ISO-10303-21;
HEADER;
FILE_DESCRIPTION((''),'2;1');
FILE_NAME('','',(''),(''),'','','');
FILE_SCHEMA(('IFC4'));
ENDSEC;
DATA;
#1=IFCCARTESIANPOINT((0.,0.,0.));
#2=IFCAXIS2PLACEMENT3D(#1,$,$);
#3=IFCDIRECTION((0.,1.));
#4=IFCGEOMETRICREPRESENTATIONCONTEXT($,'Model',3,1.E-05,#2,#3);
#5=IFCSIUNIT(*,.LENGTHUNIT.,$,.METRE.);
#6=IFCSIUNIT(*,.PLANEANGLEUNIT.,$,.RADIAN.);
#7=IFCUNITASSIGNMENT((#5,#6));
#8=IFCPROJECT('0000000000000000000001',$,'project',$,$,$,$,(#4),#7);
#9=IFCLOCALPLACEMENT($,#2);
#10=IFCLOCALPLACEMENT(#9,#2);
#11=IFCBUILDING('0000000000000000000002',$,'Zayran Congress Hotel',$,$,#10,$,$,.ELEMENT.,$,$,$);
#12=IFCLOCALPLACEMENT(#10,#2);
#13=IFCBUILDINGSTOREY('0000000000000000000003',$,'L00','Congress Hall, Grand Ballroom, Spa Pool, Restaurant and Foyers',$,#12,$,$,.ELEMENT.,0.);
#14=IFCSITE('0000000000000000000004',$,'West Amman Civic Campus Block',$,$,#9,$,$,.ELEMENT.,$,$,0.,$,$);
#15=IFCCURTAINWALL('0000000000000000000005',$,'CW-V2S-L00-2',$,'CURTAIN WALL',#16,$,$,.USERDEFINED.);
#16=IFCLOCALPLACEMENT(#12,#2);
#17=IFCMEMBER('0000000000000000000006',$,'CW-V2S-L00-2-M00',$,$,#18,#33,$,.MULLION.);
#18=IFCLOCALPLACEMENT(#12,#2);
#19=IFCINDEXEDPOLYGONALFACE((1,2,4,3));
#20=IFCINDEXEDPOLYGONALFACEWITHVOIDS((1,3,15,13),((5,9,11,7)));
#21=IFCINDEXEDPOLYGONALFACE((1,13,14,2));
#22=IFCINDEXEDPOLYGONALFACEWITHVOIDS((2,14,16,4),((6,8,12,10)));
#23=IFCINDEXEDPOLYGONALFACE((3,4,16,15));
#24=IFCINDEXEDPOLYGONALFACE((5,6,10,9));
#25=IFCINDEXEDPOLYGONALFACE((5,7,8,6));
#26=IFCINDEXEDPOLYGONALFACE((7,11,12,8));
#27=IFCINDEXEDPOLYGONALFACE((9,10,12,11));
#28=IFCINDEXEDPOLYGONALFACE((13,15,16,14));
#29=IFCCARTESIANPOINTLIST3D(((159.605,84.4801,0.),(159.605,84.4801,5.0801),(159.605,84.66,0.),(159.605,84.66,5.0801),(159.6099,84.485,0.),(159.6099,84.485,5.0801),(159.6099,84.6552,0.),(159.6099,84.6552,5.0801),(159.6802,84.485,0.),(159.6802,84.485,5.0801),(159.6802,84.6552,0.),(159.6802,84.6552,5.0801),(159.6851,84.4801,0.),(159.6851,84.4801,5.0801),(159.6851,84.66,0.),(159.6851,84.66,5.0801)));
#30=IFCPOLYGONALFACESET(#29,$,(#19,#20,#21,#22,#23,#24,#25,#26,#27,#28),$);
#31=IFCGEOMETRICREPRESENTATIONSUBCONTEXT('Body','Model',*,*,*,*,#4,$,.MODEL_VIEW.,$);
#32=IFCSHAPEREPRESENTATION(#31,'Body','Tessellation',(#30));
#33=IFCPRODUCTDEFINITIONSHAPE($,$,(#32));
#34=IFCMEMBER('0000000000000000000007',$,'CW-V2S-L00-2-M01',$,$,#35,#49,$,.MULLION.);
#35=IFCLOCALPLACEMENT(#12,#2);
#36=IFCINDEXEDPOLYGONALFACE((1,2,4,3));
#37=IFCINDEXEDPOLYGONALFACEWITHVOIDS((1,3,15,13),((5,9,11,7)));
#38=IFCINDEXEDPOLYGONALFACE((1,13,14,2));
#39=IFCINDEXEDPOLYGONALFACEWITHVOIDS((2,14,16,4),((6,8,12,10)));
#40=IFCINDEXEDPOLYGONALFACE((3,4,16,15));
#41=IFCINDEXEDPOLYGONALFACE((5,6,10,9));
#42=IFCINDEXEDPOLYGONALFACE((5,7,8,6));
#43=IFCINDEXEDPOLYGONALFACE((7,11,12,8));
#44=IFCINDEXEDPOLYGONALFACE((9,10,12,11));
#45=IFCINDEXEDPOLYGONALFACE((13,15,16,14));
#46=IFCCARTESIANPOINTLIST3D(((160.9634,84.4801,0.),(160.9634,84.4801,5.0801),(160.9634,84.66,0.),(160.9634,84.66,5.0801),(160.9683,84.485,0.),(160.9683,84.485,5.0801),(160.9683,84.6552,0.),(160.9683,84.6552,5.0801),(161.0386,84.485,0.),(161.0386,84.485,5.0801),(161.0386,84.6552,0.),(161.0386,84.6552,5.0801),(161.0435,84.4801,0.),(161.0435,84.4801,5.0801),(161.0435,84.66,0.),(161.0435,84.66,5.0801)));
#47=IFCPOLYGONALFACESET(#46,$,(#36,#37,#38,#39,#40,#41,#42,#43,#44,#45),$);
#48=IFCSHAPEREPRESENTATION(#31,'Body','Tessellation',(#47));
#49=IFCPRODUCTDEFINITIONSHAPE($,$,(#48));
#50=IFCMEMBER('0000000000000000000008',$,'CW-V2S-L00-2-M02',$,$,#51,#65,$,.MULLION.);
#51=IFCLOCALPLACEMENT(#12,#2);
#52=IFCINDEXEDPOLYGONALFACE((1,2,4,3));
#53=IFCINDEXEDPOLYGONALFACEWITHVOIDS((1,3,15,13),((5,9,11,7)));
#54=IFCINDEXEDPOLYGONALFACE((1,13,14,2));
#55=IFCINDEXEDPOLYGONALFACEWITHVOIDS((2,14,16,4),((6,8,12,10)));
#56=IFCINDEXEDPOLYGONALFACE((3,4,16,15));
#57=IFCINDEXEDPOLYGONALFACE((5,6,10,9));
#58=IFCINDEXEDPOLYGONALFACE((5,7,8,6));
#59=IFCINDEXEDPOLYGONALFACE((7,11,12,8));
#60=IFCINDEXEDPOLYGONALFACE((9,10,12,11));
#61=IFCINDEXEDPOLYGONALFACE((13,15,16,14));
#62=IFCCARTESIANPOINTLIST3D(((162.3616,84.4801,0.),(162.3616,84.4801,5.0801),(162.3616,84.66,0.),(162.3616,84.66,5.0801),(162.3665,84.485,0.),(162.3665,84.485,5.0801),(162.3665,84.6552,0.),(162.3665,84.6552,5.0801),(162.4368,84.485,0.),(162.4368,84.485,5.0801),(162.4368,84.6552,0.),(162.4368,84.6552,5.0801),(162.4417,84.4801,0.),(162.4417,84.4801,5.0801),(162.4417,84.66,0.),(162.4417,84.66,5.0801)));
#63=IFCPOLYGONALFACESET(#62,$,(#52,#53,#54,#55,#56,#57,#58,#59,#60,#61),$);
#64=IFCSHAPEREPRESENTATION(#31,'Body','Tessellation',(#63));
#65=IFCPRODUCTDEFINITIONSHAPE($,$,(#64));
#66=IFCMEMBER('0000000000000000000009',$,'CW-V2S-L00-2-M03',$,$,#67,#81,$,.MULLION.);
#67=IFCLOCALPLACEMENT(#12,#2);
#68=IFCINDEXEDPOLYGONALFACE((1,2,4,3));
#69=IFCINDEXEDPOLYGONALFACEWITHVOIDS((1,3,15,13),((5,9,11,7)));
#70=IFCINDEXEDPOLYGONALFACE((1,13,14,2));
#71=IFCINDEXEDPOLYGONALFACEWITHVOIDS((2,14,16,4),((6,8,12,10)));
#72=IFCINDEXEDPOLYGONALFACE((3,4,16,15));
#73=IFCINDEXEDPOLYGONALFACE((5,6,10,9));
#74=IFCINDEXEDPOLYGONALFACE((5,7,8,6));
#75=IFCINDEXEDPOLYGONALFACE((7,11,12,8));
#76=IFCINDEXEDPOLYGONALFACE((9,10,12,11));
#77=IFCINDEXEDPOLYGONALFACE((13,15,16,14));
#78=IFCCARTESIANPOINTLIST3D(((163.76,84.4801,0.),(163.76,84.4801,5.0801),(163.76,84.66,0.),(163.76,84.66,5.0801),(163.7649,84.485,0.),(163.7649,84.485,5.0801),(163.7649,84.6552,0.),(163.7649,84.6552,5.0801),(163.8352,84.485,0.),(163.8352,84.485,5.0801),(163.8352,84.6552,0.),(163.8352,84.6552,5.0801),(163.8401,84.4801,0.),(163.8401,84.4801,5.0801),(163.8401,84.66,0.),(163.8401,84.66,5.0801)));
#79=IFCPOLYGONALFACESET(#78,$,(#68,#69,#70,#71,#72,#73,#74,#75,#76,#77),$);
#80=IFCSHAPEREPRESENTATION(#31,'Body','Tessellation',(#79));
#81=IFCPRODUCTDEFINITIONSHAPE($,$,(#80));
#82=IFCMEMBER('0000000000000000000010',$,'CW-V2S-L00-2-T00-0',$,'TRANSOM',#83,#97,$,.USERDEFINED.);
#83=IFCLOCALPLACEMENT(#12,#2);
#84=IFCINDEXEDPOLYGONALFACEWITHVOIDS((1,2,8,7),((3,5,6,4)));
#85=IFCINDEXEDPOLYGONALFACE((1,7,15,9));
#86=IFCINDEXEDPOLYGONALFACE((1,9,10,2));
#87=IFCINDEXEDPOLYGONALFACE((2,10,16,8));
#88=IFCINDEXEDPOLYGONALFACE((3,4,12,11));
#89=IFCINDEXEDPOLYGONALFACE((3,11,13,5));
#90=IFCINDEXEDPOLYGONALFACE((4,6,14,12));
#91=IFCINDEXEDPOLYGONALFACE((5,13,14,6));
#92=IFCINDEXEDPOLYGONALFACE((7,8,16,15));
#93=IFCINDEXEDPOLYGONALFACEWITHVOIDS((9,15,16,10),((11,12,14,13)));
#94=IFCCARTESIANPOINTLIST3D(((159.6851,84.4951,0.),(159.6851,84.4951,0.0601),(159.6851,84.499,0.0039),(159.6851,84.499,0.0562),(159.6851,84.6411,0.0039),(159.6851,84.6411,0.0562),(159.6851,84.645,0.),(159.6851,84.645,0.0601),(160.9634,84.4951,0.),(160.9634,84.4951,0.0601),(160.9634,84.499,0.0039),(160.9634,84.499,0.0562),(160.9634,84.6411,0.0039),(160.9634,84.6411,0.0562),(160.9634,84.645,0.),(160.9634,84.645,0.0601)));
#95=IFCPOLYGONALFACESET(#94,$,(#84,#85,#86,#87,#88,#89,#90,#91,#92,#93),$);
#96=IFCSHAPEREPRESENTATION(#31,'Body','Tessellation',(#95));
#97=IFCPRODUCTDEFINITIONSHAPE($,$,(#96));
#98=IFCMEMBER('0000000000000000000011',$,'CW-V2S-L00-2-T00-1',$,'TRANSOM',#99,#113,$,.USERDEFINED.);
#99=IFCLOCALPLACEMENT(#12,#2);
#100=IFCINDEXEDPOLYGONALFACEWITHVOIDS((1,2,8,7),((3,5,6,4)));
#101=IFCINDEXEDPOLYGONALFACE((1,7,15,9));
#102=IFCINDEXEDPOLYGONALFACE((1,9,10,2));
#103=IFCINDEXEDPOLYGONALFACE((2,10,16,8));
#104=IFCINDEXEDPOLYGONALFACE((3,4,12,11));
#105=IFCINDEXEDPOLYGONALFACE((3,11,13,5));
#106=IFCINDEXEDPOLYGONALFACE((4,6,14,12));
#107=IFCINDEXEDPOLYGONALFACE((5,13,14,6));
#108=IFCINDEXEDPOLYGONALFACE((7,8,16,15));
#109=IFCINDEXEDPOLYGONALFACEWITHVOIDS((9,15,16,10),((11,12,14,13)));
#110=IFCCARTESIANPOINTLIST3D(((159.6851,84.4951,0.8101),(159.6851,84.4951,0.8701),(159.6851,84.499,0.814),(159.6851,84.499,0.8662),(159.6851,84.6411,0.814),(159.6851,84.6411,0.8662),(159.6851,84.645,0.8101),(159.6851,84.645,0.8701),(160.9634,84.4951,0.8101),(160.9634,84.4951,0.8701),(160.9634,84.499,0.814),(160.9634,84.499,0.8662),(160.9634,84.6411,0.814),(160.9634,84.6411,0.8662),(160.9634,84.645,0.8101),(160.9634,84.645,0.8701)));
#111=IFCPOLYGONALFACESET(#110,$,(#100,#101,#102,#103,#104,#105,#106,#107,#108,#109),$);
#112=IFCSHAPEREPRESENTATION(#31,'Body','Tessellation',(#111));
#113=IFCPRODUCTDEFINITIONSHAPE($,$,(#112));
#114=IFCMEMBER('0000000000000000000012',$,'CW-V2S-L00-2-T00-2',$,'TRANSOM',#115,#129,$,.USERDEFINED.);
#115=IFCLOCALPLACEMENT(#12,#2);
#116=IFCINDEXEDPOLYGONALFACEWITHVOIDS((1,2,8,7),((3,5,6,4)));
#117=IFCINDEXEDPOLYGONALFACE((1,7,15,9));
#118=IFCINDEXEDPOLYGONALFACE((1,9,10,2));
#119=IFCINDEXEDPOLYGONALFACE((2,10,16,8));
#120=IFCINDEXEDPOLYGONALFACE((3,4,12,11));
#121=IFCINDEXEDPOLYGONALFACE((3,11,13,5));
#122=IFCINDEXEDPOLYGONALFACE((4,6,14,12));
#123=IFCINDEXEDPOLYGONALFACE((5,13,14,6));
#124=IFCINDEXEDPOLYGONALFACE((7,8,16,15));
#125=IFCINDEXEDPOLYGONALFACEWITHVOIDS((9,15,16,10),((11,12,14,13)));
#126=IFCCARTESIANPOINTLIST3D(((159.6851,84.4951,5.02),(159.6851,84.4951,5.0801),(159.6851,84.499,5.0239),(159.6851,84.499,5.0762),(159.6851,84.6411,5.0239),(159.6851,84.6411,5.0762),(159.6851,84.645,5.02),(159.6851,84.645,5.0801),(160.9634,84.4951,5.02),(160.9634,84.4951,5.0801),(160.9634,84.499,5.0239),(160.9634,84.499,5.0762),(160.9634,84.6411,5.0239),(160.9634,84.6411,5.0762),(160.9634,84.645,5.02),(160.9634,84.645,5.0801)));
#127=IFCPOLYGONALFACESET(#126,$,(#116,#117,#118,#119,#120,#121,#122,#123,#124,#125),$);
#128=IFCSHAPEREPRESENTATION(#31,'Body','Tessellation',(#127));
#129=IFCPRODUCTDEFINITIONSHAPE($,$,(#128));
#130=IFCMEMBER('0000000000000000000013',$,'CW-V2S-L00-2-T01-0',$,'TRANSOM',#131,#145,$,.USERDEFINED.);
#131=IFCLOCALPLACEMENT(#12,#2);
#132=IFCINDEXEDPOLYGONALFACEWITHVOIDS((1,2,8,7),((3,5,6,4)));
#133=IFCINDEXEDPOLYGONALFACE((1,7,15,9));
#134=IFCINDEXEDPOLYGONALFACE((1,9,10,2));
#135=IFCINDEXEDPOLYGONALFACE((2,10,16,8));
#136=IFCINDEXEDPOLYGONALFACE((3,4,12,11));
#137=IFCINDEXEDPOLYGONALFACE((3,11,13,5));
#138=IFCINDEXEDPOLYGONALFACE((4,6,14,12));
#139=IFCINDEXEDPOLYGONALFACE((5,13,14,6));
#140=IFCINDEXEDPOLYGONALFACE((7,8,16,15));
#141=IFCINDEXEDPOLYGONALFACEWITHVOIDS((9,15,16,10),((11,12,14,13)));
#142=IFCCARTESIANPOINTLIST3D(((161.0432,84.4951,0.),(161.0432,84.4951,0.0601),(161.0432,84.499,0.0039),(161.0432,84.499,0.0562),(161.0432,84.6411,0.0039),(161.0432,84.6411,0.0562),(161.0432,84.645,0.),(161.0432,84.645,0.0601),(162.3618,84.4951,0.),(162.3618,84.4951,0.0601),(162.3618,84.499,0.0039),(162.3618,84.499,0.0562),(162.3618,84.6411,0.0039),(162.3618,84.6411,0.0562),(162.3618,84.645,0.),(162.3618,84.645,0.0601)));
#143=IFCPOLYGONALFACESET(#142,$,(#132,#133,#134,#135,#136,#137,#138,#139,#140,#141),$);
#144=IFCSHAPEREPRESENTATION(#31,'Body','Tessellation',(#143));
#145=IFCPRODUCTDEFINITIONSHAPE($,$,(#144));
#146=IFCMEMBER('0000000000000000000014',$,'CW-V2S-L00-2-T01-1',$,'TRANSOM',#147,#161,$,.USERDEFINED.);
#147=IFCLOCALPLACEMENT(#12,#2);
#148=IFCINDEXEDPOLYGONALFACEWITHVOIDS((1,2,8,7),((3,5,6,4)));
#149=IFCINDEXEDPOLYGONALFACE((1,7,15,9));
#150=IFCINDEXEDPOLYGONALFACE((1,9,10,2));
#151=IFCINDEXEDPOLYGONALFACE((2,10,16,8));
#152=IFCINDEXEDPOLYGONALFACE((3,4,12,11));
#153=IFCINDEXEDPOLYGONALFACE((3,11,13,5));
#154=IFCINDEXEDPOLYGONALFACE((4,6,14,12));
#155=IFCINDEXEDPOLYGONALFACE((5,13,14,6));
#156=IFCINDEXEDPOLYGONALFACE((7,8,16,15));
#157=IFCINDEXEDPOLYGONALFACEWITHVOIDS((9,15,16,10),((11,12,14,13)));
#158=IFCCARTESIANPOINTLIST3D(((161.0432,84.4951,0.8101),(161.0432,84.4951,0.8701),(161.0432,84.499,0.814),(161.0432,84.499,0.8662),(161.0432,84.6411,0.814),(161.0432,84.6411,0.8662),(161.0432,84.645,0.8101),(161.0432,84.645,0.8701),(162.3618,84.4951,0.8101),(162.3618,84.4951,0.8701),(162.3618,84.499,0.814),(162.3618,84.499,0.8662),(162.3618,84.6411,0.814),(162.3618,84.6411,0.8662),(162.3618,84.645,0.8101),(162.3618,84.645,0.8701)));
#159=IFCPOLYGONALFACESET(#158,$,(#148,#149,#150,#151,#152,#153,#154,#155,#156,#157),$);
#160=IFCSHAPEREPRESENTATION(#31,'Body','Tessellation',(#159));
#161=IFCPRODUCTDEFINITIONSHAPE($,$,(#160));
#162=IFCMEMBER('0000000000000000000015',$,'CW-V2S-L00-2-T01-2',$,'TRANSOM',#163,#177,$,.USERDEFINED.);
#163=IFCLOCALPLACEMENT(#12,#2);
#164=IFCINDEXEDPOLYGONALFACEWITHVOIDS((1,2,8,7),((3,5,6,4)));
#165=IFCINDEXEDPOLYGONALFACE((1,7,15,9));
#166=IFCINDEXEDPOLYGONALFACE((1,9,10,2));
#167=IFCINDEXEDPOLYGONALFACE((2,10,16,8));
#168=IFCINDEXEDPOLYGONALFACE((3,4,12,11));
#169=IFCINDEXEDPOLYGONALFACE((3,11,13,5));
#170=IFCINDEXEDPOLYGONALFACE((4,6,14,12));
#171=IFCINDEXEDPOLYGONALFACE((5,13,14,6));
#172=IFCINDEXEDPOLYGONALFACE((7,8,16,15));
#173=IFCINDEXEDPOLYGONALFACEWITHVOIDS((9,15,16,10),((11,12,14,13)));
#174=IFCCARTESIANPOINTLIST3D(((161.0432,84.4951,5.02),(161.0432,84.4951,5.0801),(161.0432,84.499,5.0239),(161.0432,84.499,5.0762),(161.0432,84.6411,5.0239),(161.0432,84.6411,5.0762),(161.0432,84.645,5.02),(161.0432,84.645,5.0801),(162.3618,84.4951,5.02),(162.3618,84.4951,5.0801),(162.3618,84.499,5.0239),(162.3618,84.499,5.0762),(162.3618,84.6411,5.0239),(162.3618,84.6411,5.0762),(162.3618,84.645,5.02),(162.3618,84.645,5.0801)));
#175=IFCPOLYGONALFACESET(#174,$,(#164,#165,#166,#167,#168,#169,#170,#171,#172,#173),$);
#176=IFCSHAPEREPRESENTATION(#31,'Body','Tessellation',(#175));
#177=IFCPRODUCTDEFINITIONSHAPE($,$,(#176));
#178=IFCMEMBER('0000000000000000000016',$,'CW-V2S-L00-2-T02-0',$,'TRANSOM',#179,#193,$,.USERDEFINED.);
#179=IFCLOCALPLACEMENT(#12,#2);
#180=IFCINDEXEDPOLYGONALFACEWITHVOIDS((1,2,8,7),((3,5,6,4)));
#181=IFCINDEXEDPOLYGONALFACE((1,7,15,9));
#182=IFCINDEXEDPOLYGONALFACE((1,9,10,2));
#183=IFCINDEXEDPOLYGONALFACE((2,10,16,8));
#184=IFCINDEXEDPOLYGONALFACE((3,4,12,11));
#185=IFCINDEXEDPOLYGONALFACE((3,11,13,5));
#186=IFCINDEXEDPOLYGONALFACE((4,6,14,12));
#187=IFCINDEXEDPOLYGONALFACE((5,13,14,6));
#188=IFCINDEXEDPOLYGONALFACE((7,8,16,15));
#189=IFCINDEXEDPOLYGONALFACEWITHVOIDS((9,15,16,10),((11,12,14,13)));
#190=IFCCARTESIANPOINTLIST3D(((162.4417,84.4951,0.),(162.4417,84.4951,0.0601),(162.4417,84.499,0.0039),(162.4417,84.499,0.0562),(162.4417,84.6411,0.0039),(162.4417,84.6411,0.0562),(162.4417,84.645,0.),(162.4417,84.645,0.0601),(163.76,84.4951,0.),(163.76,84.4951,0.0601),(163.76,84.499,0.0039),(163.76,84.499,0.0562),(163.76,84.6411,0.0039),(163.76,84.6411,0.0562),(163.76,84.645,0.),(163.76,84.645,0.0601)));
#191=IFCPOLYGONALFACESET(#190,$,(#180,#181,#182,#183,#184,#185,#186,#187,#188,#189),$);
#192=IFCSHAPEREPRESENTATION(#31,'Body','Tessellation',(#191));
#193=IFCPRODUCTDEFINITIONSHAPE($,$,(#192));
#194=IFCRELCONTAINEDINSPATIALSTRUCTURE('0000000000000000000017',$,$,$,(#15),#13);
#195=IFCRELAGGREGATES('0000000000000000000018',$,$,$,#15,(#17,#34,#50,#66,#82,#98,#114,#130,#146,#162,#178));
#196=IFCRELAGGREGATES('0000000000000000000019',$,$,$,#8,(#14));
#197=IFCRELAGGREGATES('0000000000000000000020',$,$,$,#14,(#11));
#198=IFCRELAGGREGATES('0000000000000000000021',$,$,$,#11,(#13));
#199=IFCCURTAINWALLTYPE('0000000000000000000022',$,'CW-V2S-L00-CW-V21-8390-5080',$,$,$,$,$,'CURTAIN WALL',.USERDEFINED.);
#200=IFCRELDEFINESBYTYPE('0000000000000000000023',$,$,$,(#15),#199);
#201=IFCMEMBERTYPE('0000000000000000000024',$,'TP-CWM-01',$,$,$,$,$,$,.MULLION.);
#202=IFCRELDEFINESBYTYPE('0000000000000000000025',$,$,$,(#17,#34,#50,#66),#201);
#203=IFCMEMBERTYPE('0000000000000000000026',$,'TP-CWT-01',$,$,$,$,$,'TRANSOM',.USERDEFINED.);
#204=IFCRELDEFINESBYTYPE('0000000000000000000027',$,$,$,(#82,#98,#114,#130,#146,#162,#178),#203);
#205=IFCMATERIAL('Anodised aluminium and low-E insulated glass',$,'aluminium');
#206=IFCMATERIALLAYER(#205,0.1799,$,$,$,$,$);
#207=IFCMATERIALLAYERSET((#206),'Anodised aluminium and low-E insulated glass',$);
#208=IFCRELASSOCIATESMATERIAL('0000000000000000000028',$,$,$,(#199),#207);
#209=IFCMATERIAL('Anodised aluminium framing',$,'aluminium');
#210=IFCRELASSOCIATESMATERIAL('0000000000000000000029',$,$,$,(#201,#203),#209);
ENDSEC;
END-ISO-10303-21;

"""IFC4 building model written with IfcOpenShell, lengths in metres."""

from ifc_helpers import new_model, si_unit, direction, frame, origin, origin_2d, place, context, subcontext, project, spatial, hollow_rectangle, extrude, material, layer, layer_set, material_profile, profile_set, type_object, element, aggregate, save


model = new_model("IFC4")

# Units and contexts
model_context = context("Model", 3, precision=1e-05, world=origin(), true_north=direction((0.0, 1.0)))
body_context = subcontext(model_context, "Body", "Model", "MODEL_VIEW")
ifc_project = project(units=[si_unit("LENGTHUNIT", "METRE"), si_unit("PLANEANGLEUNIT", "RADIAN")], contexts=[model_context])

# Site, building, storey
site_placement = place(None, origin())
site = spatial("IfcSite", under=ifc_project, at=site_placement, Name="West Amman Civic Campus Block", CompositionType="ELEMENT", RefElevation=0.0)
building_placement = place(site_placement, origin())
building = spatial("IfcBuilding", under=site, at=building_placement, Name="Zayran Congress Hotel", CompositionType="ELEMENT")
storey_placement = place(building_placement, origin())
storey = spatial("IfcBuildingStorey", under=building, at=storey_placement, Name="L00", Description="Congress Hall, Grand Ballroom, Spa Pool, Restaurant and Foyers", CompositionType="ELEMENT", Elevation=0.0)

# Curtain wall, members
ifc_material_1 = material(Name="Anodised aluminium and low-E insulated glass", Category="aluminium")
ifc_layer_1 = layer(ifc_material_1, 0.1799)
ifc_layer_set_1 = layer_set([ifc_layer_1], Name="Anodised aluminium and low-E insulated glass")
curtain_wall_type = type_object("IfcCurtainWallType", Name="CW-V2S-L00-CW-V21-8390-5080", ElementType="CURTAIN WALL", PredefinedType="USERDEFINED", material=ifc_layer_set_1)
curtain_wall_placement = place(storey_placement, origin())
curtain_wall = element("IfcCurtainWall", 1, at=curtain_wall_placement, inside=storey, type_object=curtain_wall_type, Name="CW-V2S-L00-2", ObjectType="CURTAIN WALL", PredefinedType="USERDEFINED")
ifc_material_2 = material(Name="Anodised aluminium framing", Category="aluminium")
ifc_material_profile_1 = material_profile(ifc_material_2, hollow_rectangle(XDim=0.0801, YDim=0.1799, WallThickness=0.0049, at=origin_2d()), Name="RHS 180x80x5")
ifc_profile_set_1 = profile_set([ifc_material_profile_1], Name="Anodised aluminium framing")
member_type_1 = type_object("IfcMemberType", Name="TP-CWM-01", PredefinedType="MULLION", material=ifc_profile_set_1)
member_1_placement = place(storey_placement, frame((159.645, 84.5701, 0.0), z_axis=(0.0, 0.0, 1.0), x_axis=(1.0, 0.0, 0.0)))
member_1 = element("IfcMember", 2, at=member_1_placement, type_object=member_type_1, Name="CW-V2S-L00-2-M00", PredefinedType="MULLION", context=body_context, shape_type="SweptSolid", body=[
    extrude(hollow_rectangle(XDim=0.0801, YDim=0.1799, WallThickness=0.0049, at=origin_2d()), origin(), (0.0, 0.0, 1.0), 5.0801),
])
member_2_placement = place(storey_placement, frame((161.0034, 84.5701, 0.0), z_axis=(0.0, 0.0, 1.0), x_axis=(1.0, 0.0, 0.0)))
member_2 = element("IfcMember", 3, at=member_2_placement, type_object=member_type_1, Name="CW-V2S-L00-2-M01", PredefinedType="MULLION", context=body_context, shape_type="SweptSolid", body=[
    extrude(hollow_rectangle(XDim=0.0801, YDim=0.1799, WallThickness=0.0049, at=origin_2d()), origin(), (0.0, 0.0, 1.0), 5.0801),
])
member_3_placement = place(storey_placement, frame((162.4016, 84.5701, 0.0), z_axis=(0.0, 0.0, 1.0), x_axis=(1.0, 0.0, 0.0)))
member_3 = element("IfcMember", 4, at=member_3_placement, type_object=member_type_1, Name="CW-V2S-L00-2-M02", PredefinedType="MULLION", context=body_context, shape_type="SweptSolid", body=[
    extrude(hollow_rectangle(XDim=0.0801, YDim=0.1799, WallThickness=0.0049, at=origin_2d()), origin(), (0.0, 0.0, 1.0), 5.0801),
])
member_4_placement = place(storey_placement, frame((163.8, 84.5701, 0.0), z_axis=(0.0, 0.0, 1.0), x_axis=(1.0, 0.0, 0.0)))
member_4 = element("IfcMember", 5, at=member_4_placement, type_object=member_type_1, Name="CW-V2S-L00-2-M03", PredefinedType="MULLION", context=body_context, shape_type="SweptSolid", body=[
    extrude(hollow_rectangle(XDim=0.0801, YDim=0.1799, WallThickness=0.0049, at=origin_2d()), origin(), (0.0, 0.0, 1.0), 5.0801),
])
ifc_material_profile_2 = material_profile(ifc_material_2, hollow_rectangle(XDim=0.0601, YDim=0.1499, WallThickness=0.0039, at=origin_2d()), Name="RHS 150x60x4")
ifc_profile_set_2 = profile_set([ifc_material_profile_2], Name="Anodised aluminium framing")
member_type_2 = type_object("IfcMemberType", Name="TP-CWT-01", ElementType="TRANSOM", PredefinedType="USERDEFINED", material=ifc_profile_set_2)
member_5_placement = place(storey_placement, frame((159.6851, 84.5701, 0.03), z_axis=(1.0, 0.0, 0.0), x_axis=(0.0, 0.0, 1.0)))
member_5 = element("IfcMember", 6, at=member_5_placement, type_object=member_type_2, Name="CW-V2S-L00-2-T00-0", ObjectType="TRANSOM", PredefinedType="USERDEFINED", context=body_context, shape_type="SweptSolid", body=[
    extrude(hollow_rectangle(XDim=0.0601, YDim=0.1499, WallThickness=0.0039, at=origin_2d()), origin(), (0.0, 0.0, 1.0), 1.2783),
])
member_6_placement = place(storey_placement, frame((159.6851, 84.5701, 0.8401), z_axis=(1.0, 0.0, 0.0), x_axis=(0.0, 0.0, 1.0)))
member_6 = element("IfcMember", 7, at=member_6_placement, type_object=member_type_2, Name="CW-V2S-L00-2-T00-1", ObjectType="TRANSOM", PredefinedType="USERDEFINED", context=body_context, shape_type="SweptSolid", body=[
    extrude(hollow_rectangle(XDim=0.0601, YDim=0.1499, WallThickness=0.0039, at=origin_2d()), origin(), (0.0, 0.0, 1.0), 1.2783),
])
member_7_placement = place(storey_placement, frame((159.6851, 84.5701, 5.05), z_axis=(1.0, 0.0, 0.0), x_axis=(0.0, 0.0, 1.0)))
member_7 = element("IfcMember", 8, at=member_7_placement, type_object=member_type_2, Name="CW-V2S-L00-2-T00-2", ObjectType="TRANSOM", PredefinedType="USERDEFINED", context=body_context, shape_type="SweptSolid", body=[
    extrude(hollow_rectangle(XDim=0.0601, YDim=0.1499, WallThickness=0.0039, at=origin_2d()), origin(), (0.0, 0.0, 1.0), 1.2783),
])
member_8_placement = place(storey_placement, frame((161.0432, 84.5701, 0.03), z_axis=(1.0, 0.0, 0.0), x_axis=(0.0, 0.0, 1.0)))
member_8 = element("IfcMember", 9, at=member_8_placement, type_object=member_type_2, Name="CW-V2S-L00-2-T01-0", ObjectType="TRANSOM", PredefinedType="USERDEFINED", context=body_context, shape_type="SweptSolid", body=[
    extrude(hollow_rectangle(XDim=0.0601, YDim=0.1499, WallThickness=0.0039, at=origin_2d()), origin(), (0.0, 0.0, 1.0), 1.3186),
])
member_9_placement = place(storey_placement, frame((161.0432, 84.5701, 0.8401), z_axis=(1.0, 0.0, 0.0), x_axis=(0.0, 0.0, 1.0)))
member_9 = element("IfcMember", 10, at=member_9_placement, type_object=member_type_2, Name="CW-V2S-L00-2-T01-1", ObjectType="TRANSOM", PredefinedType="USERDEFINED", context=body_context, shape_type="SweptSolid", body=[
    extrude(hollow_rectangle(XDim=0.0601, YDim=0.1499, WallThickness=0.0039, at=origin_2d()), origin(), (0.0, 0.0, 1.0), 1.3186),
])
member_10_placement = place(storey_placement, frame((161.0432, 84.5701, 5.05), z_axis=(1.0, 0.0, 0.0), x_axis=(0.0, 0.0, 1.0)))
member_10 = element("IfcMember", 11, at=member_10_placement, type_object=member_type_2, Name="CW-V2S-L00-2-T01-2", ObjectType="TRANSOM", PredefinedType="USERDEFINED", context=body_context, shape_type="SweptSolid", body=[
    extrude(hollow_rectangle(XDim=0.0601, YDim=0.1499, WallThickness=0.0039, at=origin_2d()), origin(), (0.0, 0.0, 1.0), 1.3186),
])
member_11_placement = place(storey_placement, frame((162.4417, 84.5701, 0.03), z_axis=(1.0, 0.0, 0.0), x_axis=(0.0, 0.0, 1.0)))
member_11 = element("IfcMember", 12, at=member_11_placement, type_object=member_type_2, Name="CW-V2S-L00-2-T02-0", ObjectType="TRANSOM", PredefinedType="USERDEFINED", context=body_context, shape_type="SweptSolid", body=[
    extrude(hollow_rectangle(XDim=0.0601, YDim=0.1499, WallThickness=0.0039, at=origin_2d()), origin(), (0.0, 0.0, 1.0), 1.3184),
])
aggregate(curtain_wall, [member_1, member_2, member_3, member_4, member_5, member_6, member_7, member_8, member_9, member_10, member_11])

save(model, "model.ifc")
